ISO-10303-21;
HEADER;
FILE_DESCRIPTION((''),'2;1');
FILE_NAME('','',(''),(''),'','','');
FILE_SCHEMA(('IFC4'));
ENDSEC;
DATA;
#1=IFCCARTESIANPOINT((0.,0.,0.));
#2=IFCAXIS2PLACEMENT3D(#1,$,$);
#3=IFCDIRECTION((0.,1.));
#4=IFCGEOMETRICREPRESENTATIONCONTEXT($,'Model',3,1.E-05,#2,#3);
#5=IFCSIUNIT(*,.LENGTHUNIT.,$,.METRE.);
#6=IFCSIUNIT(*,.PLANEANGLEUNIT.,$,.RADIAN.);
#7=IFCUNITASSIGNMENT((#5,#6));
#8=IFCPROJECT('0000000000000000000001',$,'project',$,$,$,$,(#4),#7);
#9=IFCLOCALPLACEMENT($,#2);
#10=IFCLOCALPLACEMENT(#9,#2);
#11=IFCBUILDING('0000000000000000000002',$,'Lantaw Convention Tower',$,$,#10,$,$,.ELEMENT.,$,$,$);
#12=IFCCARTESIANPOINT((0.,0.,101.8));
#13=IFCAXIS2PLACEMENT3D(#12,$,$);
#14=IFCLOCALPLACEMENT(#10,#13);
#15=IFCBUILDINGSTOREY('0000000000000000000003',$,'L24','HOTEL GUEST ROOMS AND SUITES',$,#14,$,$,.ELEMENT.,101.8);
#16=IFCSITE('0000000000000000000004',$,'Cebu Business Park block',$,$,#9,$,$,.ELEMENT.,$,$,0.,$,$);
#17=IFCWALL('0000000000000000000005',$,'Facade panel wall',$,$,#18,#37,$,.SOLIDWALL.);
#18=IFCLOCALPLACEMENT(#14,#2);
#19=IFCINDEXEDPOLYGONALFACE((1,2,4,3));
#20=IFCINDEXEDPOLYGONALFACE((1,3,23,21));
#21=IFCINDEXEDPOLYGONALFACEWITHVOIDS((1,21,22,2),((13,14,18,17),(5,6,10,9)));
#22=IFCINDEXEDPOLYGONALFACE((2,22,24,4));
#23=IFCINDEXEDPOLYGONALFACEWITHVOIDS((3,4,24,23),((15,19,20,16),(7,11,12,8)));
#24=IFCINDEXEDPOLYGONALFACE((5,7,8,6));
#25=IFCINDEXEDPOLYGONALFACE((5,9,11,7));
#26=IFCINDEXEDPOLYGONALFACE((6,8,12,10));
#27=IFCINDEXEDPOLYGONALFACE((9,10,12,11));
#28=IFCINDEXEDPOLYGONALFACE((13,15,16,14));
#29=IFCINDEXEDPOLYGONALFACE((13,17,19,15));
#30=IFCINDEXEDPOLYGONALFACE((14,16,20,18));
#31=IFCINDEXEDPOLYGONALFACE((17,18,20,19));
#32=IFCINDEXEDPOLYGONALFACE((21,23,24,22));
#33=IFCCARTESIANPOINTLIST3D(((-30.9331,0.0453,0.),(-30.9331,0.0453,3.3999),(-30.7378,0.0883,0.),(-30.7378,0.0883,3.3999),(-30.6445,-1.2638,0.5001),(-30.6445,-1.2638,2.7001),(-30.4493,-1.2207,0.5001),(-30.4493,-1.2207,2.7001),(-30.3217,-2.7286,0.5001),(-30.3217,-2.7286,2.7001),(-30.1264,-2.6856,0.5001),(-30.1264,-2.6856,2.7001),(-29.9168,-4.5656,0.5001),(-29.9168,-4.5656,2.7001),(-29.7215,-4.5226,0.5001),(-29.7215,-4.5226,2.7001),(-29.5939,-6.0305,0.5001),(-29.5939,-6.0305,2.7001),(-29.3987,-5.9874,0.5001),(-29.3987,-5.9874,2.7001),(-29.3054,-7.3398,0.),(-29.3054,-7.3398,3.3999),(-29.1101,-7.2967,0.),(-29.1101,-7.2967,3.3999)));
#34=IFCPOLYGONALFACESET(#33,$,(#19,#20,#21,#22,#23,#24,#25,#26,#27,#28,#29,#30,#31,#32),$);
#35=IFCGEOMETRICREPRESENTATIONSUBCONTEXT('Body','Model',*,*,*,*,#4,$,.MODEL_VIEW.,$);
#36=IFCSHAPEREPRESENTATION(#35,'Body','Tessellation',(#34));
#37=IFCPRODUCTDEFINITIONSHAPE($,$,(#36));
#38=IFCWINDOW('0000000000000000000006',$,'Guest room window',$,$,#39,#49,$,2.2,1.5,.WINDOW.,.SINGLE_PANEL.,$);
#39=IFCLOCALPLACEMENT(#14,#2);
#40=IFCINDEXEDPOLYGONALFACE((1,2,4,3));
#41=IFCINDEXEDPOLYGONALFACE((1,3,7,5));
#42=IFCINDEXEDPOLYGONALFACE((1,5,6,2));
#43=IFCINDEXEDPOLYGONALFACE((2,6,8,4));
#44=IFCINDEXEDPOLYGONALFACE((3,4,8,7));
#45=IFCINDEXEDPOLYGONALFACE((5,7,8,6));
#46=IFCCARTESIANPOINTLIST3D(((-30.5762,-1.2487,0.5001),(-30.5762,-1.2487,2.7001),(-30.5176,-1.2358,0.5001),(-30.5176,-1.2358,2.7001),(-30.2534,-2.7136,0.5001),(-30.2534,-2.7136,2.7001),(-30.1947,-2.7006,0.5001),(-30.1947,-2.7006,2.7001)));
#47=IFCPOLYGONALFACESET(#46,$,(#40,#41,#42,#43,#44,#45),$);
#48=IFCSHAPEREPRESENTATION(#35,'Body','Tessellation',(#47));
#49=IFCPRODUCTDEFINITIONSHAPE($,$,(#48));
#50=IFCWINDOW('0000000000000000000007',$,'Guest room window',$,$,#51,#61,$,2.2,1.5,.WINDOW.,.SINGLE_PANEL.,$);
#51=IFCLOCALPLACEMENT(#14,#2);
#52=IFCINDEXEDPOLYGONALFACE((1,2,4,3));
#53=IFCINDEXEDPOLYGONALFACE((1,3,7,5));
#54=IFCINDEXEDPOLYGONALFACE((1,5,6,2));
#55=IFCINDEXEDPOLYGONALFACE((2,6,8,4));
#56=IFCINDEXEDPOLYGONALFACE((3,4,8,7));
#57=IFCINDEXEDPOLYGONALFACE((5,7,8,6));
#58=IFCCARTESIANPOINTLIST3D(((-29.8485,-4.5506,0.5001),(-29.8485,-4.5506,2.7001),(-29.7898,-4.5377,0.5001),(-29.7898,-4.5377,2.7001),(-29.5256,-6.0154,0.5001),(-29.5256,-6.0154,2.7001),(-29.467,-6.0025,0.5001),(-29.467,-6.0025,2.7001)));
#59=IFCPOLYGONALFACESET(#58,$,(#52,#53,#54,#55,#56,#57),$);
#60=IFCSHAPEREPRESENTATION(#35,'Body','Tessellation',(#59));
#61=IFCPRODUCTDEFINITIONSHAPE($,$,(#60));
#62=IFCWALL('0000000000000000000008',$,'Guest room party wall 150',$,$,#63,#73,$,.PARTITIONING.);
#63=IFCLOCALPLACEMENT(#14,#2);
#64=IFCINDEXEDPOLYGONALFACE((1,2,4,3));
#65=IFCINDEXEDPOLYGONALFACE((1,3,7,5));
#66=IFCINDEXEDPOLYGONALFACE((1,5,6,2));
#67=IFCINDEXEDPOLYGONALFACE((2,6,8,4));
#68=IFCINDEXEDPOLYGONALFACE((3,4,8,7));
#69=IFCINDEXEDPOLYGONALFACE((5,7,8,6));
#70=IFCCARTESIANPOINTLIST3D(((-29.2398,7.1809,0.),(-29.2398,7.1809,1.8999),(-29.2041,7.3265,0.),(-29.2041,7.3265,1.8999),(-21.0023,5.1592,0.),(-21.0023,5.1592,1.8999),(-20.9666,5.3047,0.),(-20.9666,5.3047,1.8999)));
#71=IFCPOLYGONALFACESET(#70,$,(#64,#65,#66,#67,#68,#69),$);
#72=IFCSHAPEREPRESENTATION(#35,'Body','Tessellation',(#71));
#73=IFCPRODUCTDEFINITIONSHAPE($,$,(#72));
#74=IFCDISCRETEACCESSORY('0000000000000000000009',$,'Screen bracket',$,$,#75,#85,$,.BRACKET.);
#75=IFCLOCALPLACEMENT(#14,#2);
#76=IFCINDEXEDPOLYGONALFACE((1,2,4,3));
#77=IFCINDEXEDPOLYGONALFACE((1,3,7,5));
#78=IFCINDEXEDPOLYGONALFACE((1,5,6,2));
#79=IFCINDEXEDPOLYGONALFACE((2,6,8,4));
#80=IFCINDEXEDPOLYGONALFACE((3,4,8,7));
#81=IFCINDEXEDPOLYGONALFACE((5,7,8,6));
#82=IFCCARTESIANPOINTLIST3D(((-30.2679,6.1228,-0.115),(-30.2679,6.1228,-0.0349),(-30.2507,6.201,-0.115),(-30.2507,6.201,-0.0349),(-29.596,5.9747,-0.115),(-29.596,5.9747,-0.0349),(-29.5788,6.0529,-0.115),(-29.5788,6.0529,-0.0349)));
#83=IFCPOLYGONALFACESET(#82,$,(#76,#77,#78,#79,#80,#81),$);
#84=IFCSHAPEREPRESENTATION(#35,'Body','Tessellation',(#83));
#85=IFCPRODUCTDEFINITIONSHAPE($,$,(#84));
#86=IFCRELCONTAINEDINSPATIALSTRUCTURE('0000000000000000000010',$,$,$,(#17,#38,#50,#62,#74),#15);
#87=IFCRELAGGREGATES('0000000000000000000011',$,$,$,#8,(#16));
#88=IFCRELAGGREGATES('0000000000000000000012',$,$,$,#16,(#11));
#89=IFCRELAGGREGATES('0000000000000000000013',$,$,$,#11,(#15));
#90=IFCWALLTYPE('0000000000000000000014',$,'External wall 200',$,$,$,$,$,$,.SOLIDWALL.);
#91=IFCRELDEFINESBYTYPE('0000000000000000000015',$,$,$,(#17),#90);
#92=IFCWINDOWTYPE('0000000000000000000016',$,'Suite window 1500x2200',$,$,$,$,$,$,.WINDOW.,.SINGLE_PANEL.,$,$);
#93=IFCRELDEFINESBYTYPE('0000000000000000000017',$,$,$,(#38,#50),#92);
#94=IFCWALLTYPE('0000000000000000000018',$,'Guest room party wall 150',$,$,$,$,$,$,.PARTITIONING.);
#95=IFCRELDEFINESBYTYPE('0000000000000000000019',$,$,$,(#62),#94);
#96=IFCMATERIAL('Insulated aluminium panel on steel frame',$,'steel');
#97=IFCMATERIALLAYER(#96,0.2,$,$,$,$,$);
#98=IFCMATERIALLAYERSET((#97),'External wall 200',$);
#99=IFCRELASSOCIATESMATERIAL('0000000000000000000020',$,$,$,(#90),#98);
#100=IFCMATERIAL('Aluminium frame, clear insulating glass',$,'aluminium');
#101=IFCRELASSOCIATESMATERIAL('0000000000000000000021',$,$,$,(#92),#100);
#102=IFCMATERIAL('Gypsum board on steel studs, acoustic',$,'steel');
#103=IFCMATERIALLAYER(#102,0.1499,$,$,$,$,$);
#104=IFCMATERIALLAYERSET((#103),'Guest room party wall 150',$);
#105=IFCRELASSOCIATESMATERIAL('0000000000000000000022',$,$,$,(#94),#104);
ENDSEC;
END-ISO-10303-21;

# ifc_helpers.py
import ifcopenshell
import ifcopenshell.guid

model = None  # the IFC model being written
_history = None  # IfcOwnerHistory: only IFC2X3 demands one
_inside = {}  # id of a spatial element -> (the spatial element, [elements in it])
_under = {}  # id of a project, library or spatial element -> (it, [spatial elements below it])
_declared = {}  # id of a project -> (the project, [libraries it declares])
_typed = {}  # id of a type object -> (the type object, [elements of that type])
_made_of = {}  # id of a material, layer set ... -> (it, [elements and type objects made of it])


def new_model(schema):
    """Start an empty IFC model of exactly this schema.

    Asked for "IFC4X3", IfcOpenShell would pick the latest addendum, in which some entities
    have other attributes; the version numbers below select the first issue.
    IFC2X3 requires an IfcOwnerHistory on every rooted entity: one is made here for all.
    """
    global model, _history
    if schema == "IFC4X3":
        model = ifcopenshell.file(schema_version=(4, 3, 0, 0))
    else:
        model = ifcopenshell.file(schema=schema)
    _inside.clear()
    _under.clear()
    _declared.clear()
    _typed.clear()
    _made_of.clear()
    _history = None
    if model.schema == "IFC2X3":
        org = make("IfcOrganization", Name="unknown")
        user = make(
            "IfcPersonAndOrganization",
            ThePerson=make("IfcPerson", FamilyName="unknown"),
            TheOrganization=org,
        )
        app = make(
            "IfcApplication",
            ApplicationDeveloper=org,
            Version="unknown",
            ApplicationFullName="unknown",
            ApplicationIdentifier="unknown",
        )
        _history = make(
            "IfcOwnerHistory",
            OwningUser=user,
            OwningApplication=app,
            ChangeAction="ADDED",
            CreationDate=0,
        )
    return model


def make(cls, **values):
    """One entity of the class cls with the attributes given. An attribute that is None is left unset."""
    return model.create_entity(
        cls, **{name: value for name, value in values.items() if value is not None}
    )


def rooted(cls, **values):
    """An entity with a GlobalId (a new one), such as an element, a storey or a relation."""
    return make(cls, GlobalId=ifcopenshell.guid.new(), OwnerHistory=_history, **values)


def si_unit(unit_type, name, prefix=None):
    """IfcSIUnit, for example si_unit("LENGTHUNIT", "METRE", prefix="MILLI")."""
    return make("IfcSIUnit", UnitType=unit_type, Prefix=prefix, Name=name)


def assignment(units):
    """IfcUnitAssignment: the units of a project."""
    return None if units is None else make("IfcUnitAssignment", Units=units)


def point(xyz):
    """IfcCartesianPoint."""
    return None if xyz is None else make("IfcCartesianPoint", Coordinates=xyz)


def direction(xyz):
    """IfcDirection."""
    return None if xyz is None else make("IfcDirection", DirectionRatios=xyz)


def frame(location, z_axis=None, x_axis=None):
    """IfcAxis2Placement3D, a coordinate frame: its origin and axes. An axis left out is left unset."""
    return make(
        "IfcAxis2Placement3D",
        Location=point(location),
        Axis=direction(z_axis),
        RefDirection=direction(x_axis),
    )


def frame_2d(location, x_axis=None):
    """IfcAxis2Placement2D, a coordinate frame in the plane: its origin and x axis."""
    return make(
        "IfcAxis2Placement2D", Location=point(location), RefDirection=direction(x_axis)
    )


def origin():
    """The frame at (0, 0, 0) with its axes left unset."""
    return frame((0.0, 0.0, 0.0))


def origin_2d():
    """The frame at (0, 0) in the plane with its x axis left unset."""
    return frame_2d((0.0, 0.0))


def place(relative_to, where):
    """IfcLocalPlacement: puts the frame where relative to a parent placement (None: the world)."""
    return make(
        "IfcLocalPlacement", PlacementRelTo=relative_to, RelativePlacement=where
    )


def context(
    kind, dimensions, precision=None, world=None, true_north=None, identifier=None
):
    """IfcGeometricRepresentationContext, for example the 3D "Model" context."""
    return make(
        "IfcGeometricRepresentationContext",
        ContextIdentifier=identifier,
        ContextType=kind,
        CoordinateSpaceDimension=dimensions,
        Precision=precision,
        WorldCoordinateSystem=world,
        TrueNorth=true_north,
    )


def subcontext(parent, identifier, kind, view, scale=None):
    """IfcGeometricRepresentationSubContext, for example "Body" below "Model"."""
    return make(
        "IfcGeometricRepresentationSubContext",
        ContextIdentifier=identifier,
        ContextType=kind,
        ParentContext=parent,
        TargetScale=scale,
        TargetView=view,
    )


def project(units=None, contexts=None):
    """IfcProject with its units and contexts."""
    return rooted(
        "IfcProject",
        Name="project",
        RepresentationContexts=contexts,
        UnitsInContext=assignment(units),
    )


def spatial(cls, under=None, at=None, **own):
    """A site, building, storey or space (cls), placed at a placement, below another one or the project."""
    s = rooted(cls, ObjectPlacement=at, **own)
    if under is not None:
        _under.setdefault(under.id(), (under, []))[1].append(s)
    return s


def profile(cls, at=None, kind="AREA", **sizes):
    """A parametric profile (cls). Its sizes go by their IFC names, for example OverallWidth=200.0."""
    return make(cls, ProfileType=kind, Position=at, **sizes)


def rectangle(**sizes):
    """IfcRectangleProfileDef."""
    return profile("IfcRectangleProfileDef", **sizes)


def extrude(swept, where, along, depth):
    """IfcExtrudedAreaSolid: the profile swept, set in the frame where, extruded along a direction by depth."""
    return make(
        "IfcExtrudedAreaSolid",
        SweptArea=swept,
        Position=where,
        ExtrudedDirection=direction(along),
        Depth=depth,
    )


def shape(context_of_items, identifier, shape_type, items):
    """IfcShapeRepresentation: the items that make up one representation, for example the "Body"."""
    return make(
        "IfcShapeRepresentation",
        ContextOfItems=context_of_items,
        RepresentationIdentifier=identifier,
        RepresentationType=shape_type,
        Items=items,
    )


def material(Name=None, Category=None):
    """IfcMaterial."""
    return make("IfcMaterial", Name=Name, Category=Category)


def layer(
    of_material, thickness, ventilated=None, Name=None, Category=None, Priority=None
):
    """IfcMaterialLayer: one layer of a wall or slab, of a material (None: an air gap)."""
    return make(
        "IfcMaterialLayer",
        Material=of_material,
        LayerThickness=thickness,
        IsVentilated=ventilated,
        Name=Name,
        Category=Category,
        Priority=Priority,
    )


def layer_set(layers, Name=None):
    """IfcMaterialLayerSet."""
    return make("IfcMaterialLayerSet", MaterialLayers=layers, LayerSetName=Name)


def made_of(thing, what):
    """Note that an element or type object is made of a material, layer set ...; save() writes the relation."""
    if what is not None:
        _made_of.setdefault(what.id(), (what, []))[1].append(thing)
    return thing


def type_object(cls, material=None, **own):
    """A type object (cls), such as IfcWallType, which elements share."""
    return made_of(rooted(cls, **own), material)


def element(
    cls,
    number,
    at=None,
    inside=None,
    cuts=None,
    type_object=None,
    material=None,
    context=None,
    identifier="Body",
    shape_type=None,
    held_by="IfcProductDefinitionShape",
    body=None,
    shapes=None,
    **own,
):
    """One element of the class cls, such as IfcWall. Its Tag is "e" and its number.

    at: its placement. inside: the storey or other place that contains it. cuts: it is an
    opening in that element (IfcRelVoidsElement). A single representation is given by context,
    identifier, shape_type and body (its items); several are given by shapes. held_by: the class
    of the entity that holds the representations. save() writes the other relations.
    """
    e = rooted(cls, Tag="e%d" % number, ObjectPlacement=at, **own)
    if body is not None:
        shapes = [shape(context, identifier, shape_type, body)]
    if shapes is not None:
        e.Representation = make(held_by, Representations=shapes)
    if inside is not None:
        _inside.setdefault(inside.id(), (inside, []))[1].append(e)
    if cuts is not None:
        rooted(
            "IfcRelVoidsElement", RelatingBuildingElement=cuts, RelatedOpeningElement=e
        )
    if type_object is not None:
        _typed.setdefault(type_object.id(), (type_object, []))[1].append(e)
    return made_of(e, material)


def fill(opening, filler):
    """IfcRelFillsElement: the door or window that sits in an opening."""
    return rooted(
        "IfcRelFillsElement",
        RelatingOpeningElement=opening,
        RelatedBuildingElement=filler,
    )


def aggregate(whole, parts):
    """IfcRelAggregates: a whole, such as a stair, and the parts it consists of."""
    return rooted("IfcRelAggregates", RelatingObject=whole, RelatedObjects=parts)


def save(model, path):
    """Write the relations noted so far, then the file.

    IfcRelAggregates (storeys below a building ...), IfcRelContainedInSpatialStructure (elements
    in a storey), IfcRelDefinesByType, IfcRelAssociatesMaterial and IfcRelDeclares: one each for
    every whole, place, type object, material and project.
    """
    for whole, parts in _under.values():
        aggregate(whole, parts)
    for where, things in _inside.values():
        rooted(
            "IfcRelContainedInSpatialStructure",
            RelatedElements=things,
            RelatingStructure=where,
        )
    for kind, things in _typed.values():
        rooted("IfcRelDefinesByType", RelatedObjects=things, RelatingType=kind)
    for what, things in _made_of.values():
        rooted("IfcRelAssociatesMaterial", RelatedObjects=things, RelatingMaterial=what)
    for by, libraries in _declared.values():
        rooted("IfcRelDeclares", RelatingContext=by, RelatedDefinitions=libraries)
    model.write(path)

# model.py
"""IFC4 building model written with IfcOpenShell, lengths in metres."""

from ifc_helpers import new_model, si_unit, direction, frame, frame_2d, origin, origin_2d, place, context, subcontext, project, spatial, rectangle, extrude, material, layer, layer_set, type_object, element, fill, save


model = new_model("IFC4")

# Units and contexts
model_context = context("Model", 3, precision=1e-05, world=origin(), true_north=direction((0.0, 1.0)))
body_context = subcontext(model_context, "Body", "Model", "MODEL_VIEW")
ifc_project = project(units=[si_unit("LENGTHUNIT", "METRE"), si_unit("PLANEANGLEUNIT", "RADIAN")], contexts=[model_context])

# Site, building, storey
site_placement = place(None, origin())
site = spatial("IfcSite", under=ifc_project, at=site_placement, Name="Cebu Business Park block", CompositionType="ELEMENT", RefElevation=0.0)
building_placement = place(site_placement, origin())
building = spatial("IfcBuilding", under=site, at=building_placement, Name="Lantaw Convention Tower", CompositionType="ELEMENT")
storey_placement = place(building_placement, frame((0.0, 0.0, 101.8)))
storey = spatial("IfcBuildingStorey", under=building, at=storey_placement, Name="L24", Description="HOTEL GUEST ROOMS AND SUITES", CompositionType="ELEMENT", Elevation=101.8)

# Wall, openings, windows
ifc_material_1 = material(Name="Insulated aluminium panel on steel frame", Category="steel")
ifc_layer_1 = layer(ifc_material_1, 0.2)
ifc_layer_set_1 = layer_set([ifc_layer_1], Name="External wall 200")
wall_type_1 = type_object("IfcWallType", Name="External wall 200", PredefinedType="SOLIDWALL", material=ifc_layer_set_1)
ifc_material_2 = material(Name="Aluminium frame, clear insulating glass", Category="aluminium")
window_type = type_object("IfcWindowType", Name="Suite window 1500x2200", PartitioningType="SINGLE_PANEL", PredefinedType="WINDOW", material=ifc_material_2)
wall_1_placement = place(storey_placement, frame((-30.8354, 0.0669, 0.0), z_axis=(0.0, 0.0, 1.0), x_axis=(0.215238, -0.976562, 0.0)))
wall_1 = element("IfcWall", 1, at=wall_1_placement, inside=storey, type_object=wall_type_1, Name="Facade panel wall", PredefinedType="SOLIDWALL", context=body_context, shape_type="SweptSolid", body=[
    extrude(rectangle(XDim=7.5623, YDim=0.2, at=frame_2d((3.7812, 0.0))), origin(), (0.0, 0.0, 1.0), 3.3999),
])
opening_1_placement = place(wall_1_placement, frame((1.3406, 0.0, 0.5)))
opening_1 = element("IfcOpeningElement", 2, at=opening_1_placement, cuts=wall_1, PredefinedType="OPENING", context=body_context, shape_type="SweptSolid", body=[
    extrude(rectangle(XDim=1.5, YDim=2.2, at=frame_2d((0.75, 1.1001))), frame((0.0, 0.1099, 0.0), z_axis=(0.0, -1.0, 0.0), x_axis=(1.0, 0.0, 0.0)), (0.0, 0.0, 1.0), 0.22),
])
opening_2_placement = place(wall_1_placement, frame((4.7217, 0.0, 0.5)))
opening_2 = element("IfcOpeningElement", 3, at=opening_2_placement, cuts=wall_1, PredefinedType="OPENING", context=body_context, shape_type="SweptSolid", body=[
    extrude(rectangle(XDim=1.5, YDim=2.2, at=frame_2d((0.75, 1.1001))), frame((0.0, 0.1099, 0.0), z_axis=(0.0, -1.0, 0.0), x_axis=(1.0, 0.0, 0.0)), (0.0, 0.0, 1.0), 0.22),
])
window_1_placement = place(opening_1_placement, origin())
window_1 = element("IfcWindow", 4, at=window_1_placement, inside=storey, type_object=window_type, Name="Guest room window", OverallHeight=2.2, OverallWidth=1.5, PartitioningType="SINGLE_PANEL", PredefinedType="WINDOW", context=body_context, shape_type="SweptSolid", body=[
    extrude(rectangle(XDim=1.5, YDim=2.2, at=frame_2d((0.75, 1.1001))), frame((0.0, 0.03, 0.0), z_axis=(0.0, -1.0, 0.0), x_axis=(1.0, 0.0, 0.0)), (0.0, 0.0, 1.0), 0.0601),
])
fill(opening_1, window_1)
window_2_placement = place(opening_2_placement, origin())
window_2 = element("IfcWindow", 5, at=window_2_placement, inside=storey, type_object=window_type, Name="Guest room window", OverallHeight=2.2, OverallWidth=1.5, PartitioningType="SINGLE_PANEL", PredefinedType="WINDOW", context=body_context, shape_type="SweptSolid", body=[
    extrude(rectangle(XDim=1.5, YDim=2.2, at=frame_2d((0.75, 1.1001))), frame((0.0, 0.03, 0.0), z_axis=(0.0, -1.0, 0.0), x_axis=(1.0, 0.0, 0.0)), (0.0, 0.0, 1.0), 0.0601),
])
fill(opening_2, window_2)

# Wall
ifc_material_3 = material(Name="Gypsum board on steel studs, acoustic", Category="steel")
ifc_layer_2 = layer(ifc_material_3, 0.1499)
ifc_layer_set_2 = layer_set([ifc_layer_2], Name="Guest room party wall 150")
wall_type_2 = type_object("IfcWallType", Name="Guest room party wall 150", PredefinedType="PARTITIONING", material=ifc_layer_set_2)
wall_2_placement = place(storey_placement, frame((-29.2219, 7.2537, 0.0), z_axis=(0.0, 0.0, 1.0), x_axis=(0.971178, -0.238355, 0.0)))
element("IfcWall", 6, at=wall_2_placement, inside=storey, type_object=wall_type_2, Name="Guest room party wall 150", PredefinedType="PARTITIONING", context=body_context, shape_type="SweptSolid", body=[
    extrude(rectangle(XDim=8.4819, YDim=0.1499, at=frame_2d((4.241, 0.0))), origin(), (0.0, 0.0, 1.0), 1.8999),
])

# Discrete accessory
discrete_accessory_placement = place(storey_placement, frame((-29.9233, 6.0879, -0.115), z_axis=(0.0, 0.0, 1.0), x_axis=(-0.215246, -0.97656, 0.0)))
element("IfcDiscreteAccessory", 7, at=discrete_accessory_placement, inside=storey, Name="Screen bracket", PredefinedType="BRACKET", context=body_context, shape_type="SweptSolid", body=[
    extrude(rectangle(XDim=0.0801, YDim=0.688, at=origin_2d()), origin(), (0.0, 0.0, 1.0), 0.0801),
])

save(model, "model.ifc")
